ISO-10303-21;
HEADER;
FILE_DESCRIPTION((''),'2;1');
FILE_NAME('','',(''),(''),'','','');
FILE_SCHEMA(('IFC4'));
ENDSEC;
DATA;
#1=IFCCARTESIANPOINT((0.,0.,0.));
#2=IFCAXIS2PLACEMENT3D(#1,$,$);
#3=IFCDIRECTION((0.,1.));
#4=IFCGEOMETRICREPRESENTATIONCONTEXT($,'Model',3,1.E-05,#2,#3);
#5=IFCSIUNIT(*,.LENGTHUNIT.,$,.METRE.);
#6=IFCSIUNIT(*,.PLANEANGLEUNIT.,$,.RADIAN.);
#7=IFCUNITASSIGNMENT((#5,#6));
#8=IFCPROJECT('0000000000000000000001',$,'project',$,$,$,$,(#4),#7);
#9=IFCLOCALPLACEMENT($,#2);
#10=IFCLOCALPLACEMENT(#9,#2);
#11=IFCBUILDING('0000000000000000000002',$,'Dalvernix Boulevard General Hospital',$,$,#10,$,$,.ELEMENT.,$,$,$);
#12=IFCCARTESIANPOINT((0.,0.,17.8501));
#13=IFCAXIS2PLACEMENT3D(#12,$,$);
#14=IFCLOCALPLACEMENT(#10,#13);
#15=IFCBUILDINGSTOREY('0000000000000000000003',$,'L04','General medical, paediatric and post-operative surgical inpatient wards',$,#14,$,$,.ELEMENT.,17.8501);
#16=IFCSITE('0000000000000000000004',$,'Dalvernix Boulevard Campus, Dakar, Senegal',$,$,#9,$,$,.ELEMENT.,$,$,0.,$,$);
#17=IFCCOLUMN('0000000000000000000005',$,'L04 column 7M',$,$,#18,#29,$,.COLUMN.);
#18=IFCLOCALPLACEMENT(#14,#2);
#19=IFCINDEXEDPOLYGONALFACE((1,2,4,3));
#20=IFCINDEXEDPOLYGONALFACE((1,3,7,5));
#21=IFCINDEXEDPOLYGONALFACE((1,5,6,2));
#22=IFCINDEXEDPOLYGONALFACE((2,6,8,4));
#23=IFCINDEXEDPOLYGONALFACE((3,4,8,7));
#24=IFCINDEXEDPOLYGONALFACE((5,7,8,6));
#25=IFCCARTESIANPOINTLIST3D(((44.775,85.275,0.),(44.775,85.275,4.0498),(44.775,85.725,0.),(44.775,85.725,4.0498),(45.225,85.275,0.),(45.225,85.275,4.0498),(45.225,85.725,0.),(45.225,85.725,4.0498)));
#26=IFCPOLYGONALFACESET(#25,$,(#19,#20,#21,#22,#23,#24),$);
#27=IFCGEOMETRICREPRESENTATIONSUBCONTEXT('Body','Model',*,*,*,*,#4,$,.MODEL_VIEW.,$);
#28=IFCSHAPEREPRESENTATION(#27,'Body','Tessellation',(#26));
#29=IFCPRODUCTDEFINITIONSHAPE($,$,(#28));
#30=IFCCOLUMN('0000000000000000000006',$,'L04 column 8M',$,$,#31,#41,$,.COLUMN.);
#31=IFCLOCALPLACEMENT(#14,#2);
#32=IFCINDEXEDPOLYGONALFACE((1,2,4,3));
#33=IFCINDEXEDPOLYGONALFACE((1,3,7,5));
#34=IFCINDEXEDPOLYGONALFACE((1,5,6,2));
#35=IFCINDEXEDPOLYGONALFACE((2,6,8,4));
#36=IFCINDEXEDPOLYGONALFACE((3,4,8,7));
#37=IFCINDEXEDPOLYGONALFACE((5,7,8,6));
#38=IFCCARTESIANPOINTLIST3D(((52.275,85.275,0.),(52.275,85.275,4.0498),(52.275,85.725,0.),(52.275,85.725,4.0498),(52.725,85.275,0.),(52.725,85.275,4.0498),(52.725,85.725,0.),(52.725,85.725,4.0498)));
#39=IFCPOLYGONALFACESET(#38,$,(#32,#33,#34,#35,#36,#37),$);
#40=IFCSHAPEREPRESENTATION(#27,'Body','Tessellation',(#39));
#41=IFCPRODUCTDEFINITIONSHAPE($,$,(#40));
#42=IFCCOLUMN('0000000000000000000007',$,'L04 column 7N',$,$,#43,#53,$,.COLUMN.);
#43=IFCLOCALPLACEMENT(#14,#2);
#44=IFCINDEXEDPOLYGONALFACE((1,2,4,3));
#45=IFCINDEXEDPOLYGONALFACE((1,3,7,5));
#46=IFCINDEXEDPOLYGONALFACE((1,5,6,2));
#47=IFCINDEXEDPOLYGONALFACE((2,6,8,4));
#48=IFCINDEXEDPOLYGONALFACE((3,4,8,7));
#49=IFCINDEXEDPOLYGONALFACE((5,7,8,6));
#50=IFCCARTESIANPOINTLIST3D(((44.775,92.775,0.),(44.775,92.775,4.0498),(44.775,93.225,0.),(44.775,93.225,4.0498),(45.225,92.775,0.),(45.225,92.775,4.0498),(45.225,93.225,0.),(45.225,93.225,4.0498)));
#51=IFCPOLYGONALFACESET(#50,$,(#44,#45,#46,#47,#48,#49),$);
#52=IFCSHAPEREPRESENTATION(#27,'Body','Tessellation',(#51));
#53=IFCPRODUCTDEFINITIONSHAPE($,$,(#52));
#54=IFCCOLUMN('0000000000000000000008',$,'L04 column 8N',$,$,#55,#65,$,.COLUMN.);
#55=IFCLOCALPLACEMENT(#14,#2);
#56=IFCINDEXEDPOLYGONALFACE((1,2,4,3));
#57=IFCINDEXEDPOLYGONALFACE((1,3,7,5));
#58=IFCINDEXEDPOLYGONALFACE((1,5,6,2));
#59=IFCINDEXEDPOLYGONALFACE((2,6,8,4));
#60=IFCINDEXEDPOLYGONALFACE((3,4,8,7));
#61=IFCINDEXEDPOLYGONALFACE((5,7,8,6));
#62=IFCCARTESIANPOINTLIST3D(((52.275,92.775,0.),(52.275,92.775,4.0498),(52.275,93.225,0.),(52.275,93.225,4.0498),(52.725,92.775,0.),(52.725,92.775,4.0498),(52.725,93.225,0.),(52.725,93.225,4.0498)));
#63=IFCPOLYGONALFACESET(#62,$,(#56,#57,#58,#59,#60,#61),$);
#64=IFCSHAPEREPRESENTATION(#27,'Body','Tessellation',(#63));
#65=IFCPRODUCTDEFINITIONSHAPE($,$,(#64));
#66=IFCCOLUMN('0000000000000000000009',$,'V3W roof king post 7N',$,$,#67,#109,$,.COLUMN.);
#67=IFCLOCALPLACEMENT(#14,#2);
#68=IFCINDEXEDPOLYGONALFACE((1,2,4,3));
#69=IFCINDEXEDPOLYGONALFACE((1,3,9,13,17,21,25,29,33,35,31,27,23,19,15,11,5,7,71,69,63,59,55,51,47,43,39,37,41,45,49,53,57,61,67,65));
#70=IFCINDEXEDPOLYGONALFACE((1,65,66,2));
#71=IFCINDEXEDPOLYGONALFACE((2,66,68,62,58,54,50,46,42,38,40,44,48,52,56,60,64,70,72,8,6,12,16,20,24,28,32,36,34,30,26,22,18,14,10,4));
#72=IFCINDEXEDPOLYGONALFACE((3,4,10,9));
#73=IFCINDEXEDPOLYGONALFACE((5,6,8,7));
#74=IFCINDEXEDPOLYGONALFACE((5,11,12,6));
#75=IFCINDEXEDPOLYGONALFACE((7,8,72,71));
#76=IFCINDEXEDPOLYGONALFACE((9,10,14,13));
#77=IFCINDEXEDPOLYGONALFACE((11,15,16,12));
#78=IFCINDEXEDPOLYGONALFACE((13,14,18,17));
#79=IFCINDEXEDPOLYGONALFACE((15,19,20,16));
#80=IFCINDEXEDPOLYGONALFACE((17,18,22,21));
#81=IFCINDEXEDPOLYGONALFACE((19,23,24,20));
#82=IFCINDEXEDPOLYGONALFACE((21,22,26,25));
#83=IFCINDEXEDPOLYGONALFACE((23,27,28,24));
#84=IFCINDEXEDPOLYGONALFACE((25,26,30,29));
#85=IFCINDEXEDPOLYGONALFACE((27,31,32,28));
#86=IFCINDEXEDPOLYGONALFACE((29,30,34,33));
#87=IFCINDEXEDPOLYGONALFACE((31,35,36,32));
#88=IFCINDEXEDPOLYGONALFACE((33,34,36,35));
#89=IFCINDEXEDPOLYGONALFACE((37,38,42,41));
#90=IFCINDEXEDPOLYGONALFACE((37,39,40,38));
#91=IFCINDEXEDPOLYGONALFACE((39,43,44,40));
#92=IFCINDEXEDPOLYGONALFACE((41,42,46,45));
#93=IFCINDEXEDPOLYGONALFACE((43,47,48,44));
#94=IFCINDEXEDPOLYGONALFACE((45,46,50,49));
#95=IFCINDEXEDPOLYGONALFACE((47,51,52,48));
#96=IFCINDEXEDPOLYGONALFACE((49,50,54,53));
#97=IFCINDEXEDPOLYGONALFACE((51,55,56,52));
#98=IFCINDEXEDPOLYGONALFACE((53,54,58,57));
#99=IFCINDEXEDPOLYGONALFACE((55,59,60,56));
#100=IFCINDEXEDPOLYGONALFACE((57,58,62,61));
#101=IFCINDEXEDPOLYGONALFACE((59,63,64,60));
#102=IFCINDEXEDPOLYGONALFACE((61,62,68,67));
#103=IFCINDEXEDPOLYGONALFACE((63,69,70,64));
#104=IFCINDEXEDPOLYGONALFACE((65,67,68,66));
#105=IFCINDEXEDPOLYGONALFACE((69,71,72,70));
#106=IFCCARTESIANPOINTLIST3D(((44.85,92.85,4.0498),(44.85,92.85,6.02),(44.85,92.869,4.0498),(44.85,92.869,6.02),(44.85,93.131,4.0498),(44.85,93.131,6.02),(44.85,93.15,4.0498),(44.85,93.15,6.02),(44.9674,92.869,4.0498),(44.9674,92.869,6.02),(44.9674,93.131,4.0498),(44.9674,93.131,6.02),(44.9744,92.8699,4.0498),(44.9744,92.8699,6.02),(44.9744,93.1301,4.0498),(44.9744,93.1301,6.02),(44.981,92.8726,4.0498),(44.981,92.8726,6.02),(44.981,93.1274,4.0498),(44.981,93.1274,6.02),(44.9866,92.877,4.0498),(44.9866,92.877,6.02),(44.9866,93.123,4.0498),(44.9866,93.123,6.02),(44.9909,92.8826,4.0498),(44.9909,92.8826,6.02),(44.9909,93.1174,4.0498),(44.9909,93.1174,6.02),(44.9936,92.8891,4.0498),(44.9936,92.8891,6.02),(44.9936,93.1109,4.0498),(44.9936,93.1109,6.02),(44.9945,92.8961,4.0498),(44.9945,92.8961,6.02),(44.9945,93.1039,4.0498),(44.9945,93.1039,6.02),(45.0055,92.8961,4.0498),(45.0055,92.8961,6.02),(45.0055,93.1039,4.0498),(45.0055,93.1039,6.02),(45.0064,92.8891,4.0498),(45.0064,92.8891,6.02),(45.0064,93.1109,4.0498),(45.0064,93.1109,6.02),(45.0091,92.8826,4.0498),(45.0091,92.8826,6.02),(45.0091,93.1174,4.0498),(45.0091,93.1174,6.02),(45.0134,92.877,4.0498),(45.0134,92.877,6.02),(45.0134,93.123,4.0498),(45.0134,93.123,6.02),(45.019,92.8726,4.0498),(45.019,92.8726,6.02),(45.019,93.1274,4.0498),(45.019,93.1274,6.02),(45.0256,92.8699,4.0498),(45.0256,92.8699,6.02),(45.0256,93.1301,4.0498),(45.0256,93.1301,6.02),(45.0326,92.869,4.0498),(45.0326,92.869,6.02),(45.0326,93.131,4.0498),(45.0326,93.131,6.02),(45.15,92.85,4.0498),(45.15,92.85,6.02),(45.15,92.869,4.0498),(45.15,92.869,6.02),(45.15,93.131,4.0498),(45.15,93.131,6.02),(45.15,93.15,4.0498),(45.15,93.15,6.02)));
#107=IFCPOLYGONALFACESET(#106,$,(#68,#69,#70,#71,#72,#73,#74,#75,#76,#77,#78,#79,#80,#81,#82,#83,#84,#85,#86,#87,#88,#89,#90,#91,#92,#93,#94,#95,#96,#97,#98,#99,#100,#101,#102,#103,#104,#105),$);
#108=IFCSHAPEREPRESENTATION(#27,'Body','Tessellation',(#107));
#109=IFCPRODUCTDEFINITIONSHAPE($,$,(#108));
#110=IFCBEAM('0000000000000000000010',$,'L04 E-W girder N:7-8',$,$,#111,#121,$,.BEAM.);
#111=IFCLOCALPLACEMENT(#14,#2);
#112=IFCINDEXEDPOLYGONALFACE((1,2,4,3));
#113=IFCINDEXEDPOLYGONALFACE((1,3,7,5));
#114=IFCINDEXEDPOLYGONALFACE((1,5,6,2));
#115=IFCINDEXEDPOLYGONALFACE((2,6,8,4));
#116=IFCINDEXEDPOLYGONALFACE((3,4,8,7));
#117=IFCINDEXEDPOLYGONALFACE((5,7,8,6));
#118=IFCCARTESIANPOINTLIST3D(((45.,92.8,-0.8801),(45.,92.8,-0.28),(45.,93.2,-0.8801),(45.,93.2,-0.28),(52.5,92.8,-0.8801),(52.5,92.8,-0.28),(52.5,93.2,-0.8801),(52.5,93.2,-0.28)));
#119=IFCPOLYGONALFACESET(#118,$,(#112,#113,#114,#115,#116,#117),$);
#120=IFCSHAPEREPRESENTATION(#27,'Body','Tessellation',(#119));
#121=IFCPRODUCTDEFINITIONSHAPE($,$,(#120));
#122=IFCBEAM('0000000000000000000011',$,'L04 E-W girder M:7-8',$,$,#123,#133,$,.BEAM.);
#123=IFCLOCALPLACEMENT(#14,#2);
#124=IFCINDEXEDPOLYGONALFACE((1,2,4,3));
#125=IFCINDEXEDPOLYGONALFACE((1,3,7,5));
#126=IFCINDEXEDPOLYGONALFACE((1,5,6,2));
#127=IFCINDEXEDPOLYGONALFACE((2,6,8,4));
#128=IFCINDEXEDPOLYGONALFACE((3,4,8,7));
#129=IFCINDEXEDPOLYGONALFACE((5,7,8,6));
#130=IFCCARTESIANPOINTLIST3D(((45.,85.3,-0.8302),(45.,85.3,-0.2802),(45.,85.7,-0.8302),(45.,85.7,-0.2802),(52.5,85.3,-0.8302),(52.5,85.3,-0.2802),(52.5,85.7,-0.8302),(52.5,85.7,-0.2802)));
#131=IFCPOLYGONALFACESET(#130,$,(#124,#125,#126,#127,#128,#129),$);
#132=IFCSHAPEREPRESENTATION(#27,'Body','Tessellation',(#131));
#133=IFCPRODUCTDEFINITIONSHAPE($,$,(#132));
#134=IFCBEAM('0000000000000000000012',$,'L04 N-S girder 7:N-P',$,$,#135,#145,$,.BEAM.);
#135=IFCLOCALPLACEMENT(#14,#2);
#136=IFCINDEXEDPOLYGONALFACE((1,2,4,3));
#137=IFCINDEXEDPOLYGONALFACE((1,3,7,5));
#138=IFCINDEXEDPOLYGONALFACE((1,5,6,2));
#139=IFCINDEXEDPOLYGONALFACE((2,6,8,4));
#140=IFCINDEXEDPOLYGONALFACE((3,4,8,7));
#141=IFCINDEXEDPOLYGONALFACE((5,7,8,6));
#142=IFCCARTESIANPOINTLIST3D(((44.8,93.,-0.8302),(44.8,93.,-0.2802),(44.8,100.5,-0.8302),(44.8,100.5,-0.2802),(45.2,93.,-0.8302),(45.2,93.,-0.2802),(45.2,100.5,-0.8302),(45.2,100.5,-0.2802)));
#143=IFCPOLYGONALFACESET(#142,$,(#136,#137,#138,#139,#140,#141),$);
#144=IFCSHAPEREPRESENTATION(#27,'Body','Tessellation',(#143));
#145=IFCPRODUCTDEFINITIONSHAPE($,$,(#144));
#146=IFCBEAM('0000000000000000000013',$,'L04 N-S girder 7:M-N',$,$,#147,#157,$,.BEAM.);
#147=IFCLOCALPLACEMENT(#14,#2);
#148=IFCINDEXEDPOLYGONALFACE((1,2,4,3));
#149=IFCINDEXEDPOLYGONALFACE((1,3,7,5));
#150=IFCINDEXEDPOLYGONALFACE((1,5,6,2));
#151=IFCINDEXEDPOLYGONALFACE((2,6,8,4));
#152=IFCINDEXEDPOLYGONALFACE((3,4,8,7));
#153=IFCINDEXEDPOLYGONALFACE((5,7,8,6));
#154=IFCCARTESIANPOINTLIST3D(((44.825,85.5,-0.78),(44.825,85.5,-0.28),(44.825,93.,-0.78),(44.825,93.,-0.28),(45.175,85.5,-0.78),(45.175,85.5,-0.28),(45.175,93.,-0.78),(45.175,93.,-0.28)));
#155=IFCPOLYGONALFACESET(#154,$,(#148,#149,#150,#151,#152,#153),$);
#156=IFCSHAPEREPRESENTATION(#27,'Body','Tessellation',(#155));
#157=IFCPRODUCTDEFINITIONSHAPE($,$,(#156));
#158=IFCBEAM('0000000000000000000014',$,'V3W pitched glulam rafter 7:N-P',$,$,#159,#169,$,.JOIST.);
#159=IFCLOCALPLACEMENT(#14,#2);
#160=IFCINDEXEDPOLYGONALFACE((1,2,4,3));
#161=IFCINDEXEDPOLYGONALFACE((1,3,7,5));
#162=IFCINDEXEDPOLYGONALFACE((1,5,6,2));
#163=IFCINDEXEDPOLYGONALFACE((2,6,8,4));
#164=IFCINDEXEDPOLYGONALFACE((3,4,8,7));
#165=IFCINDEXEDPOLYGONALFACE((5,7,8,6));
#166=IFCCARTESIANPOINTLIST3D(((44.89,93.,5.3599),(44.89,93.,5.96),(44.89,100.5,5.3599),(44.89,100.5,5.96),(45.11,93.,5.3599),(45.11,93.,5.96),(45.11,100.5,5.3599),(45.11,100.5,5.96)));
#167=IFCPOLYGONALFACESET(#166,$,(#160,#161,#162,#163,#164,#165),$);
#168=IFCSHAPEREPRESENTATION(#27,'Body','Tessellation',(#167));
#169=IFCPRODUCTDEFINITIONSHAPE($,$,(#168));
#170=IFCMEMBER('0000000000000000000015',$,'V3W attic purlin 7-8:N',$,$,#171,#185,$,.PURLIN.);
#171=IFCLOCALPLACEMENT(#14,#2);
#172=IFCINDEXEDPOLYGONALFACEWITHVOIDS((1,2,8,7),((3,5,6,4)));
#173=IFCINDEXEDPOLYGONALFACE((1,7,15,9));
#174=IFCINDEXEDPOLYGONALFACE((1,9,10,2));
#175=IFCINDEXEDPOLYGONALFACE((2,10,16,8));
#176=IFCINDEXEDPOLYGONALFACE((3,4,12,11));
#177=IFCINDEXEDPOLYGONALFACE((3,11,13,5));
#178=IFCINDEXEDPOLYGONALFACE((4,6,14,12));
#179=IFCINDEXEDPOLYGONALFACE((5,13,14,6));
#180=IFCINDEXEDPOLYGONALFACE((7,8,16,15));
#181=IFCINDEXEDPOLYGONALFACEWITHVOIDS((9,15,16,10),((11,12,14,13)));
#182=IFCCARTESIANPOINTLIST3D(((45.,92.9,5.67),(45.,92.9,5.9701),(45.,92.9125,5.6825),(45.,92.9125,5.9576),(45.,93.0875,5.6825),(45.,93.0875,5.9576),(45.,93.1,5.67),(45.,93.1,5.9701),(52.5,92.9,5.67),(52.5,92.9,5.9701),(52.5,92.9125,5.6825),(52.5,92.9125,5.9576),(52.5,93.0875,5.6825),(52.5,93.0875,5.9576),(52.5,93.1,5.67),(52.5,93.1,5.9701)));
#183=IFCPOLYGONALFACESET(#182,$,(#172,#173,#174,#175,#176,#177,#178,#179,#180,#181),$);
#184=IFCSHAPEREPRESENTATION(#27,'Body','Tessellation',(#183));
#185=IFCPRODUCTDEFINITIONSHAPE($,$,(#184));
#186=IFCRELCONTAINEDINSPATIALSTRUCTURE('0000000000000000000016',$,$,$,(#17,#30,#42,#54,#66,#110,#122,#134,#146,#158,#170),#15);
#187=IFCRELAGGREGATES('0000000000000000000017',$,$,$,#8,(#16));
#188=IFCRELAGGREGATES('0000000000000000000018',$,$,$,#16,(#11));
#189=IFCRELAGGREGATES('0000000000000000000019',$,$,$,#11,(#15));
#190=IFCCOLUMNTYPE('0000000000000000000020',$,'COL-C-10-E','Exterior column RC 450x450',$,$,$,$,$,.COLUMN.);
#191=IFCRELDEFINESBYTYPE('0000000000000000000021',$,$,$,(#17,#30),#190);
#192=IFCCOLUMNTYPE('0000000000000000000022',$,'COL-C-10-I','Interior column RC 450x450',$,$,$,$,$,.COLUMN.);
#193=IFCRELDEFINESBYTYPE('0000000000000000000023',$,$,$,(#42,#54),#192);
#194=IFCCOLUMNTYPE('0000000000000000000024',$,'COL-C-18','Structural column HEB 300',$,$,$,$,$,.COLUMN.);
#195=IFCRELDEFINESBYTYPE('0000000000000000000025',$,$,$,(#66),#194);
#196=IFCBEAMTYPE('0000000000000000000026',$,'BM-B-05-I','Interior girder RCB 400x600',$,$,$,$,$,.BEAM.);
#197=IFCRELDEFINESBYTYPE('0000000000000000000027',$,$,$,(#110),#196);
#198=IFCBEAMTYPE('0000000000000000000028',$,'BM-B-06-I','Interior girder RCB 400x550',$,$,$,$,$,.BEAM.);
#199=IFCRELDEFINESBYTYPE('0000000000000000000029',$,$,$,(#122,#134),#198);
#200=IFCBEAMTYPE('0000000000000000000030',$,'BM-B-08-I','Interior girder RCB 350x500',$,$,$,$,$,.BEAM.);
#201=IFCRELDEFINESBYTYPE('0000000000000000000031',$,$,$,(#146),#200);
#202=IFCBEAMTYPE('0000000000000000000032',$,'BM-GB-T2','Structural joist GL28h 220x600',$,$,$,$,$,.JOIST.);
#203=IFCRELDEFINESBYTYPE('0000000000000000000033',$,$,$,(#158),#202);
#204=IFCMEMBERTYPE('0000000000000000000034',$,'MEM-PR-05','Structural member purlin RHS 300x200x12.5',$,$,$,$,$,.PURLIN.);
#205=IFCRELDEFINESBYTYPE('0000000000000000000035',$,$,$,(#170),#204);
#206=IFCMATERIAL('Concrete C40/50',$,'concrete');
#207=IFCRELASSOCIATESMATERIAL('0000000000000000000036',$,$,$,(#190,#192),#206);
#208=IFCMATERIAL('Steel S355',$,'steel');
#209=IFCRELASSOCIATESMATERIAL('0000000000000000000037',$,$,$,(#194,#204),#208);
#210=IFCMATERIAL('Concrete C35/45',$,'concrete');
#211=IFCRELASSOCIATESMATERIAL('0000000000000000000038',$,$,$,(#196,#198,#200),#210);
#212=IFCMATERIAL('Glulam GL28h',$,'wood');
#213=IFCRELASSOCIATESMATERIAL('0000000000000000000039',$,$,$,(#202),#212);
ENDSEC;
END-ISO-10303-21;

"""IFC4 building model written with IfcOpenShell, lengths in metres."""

from ifc_helpers import new_model, si_unit, direction, frame, origin, origin_2d, place, context, subcontext, project, spatial, rectangle, hollow_rectangle, i_section, extrude, material, material_profile, profile_set, type_object, element, save


model = new_model("IFC4")

# Units and contexts
model_context = context("Model", 3, precision=1e-05, world=origin(), true_north=direction((0.0, 1.0)))
body_context = subcontext(model_context, "Body", "Model", "MODEL_VIEW")
ifc_project = project(units=[si_unit("LENGTHUNIT", "METRE"), si_unit("PLANEANGLEUNIT", "RADIAN")], contexts=[model_context])

# Site, building, storey
site_placement = place(None, origin())
site = spatial("IfcSite", under=ifc_project, at=site_placement, Name="Dalvernix Boulevard Campus, Dakar, Senegal", CompositionType="ELEMENT", RefElevation=0.0)
building_placement = place(site_placement, origin())
building = spatial("IfcBuilding", under=site, at=building_placement, Name="Dalvernix Boulevard General Hospital", CompositionType="ELEMENT")
storey_placement = place(building_placement, frame((0.0, 0.0, 17.8501)))
storey = spatial("IfcBuildingStorey", under=building, at=storey_placement, Name="L04", Description="General medical, paediatric and post-operative surgical inpatient wards", CompositionType="ELEMENT", Elevation=17.8501)

# Columns
ifc_material_1 = material(Name="Concrete C40/50", Category="concrete")
ifc_material_profile_1 = material_profile(ifc_material_1, rectangle(XDim=0.45, YDim=0.45, at=origin_2d()), Name="RC 450x450")
ifc_profile_set_1 = profile_set([ifc_material_profile_1], Name="Concrete C40/50")
column_type_1 = type_object("IfcColumnType", Name="COL-C-10-E", Description="Exterior column RC 450x450", PredefinedType="COLUMN", material=ifc_profile_set_1)
for number, where, z_axis, x_axis, name in (
    (1, (45.0, 85.5, 0.0), (0.0, 0.0, 1.0), (1.0, 0.0, 0.0), "L04 column 7M"),
    (2, (52.5, 85.5, 0.0), (0.0, 0.0, 1.0), (1.0, 0.0, 0.0), "L04 column 8M"),
):
    element("IfcColumn", number, at=place(storey_placement, frame(where, z_axis=z_axis, x_axis=x_axis)), inside=storey, type_object=column_type_1, Name=name, PredefinedType="COLUMN", context=body_context, shape_type="SweptSolid", body=[
        extrude(rectangle(XDim=0.45, YDim=0.45, at=origin_2d()), origin(), (0.0, 0.0, 1.0), 4.0498),
    ])
ifc_material_profile_2 = material_profile(ifc_material_1, rectangle(XDim=0.45, YDim=0.45, at=origin_2d()), Name="RC 450x450")
ifc_profile_set_2 = profile_set([ifc_material_profile_2], Name="Concrete C40/50")
column_type_2 = type_object("IfcColumnType", Name="COL-C-10-I", Description="Interior column RC 450x450", PredefinedType="COLUMN", material=ifc_profile_set_2)
for number, where, z_axis, x_axis, name in (
    (3, (45.0, 93.0, 0.0), (0.0, 0.0, 1.0), (1.0, 0.0, 0.0), "L04 column 7N"),
    (4, (52.5, 93.0, 0.0), (0.0, 0.0, 1.0), (1.0, 0.0, 0.0), "L04 column 8N"),
):
    element("IfcColumn", number, at=place(storey_placement, frame(where, z_axis=z_axis, x_axis=x_axis)), inside=storey, type_object=column_type_2, Name=name, PredefinedType="COLUMN", context=body_context, shape_type="SweptSolid", body=[
        extrude(rectangle(XDim=0.45, YDim=0.45, at=origin_2d()), origin(), (0.0, 0.0, 1.0), 4.0498),
    ])
ifc_material_2 = material(Name="Steel S355", Category="steel")
ifc_material_profile_3 = material_profile(ifc_material_2, i_section(OverallWidth=0.3, OverallDepth=0.3, WebThickness=0.011, FlangeThickness=0.019, FilletRadius=0.0271, at=origin_2d()), Name="HEB 300")
ifc_profile_set_3 = profile_set([ifc_material_profile_3], Name="Steel S355")
column_type_3 = type_object("IfcColumnType", Name="COL-C-18", Description="Structural column HEB 300", PredefinedType="COLUMN", material=ifc_profile_set_3)
column_placement = place(storey_placement, frame((45.0, 93.0, 4.0498), z_axis=(0.0, 0.0, 1.0), x_axis=(1.0, 0.0, 0.0)))
element("IfcColumn", 5, at=column_placement, inside=storey, type_object=column_type_3, Name="V3W roof king post 7N", PredefinedType="COLUMN", context=body_context, shape_type="SweptSolid", body=[
    extrude(i_section(OverallWidth=0.3, OverallDepth=0.3, WebThickness=0.011, FlangeThickness=0.019, FilletRadius=0.0271, at=origin_2d()), origin(), (0.0, 0.0, 1.0), 1.9702),
])

# Beams
ifc_material_3 = material(Name="Concrete C35/45", Category="concrete")
ifc_material_profile_4 = material_profile(ifc_material_3, rectangle(XDim=0.3999, YDim=0.6001, at=origin_2d()), Name="RCB 400x600")
ifc_profile_set_4 = profile_set([ifc_material_profile_4], Name="Concrete C35/45")
beam_type_1 = type_object("IfcBeamType", Name="BM-B-05-I", Description="Interior girder RCB 400x600", PredefinedType="BEAM", material=ifc_profile_set_4)
beam_1_placement = place(storey_placement, frame((45.0, 93.0, -0.5801), z_axis=(1.0, 0.0, 0.0), x_axis=(0.0, 1.0, 0.0)))
element("IfcBeam", 6, at=beam_1_placement, inside=storey, type_object=beam_type_1, Name="L04 E-W girder N:7-8", PredefinedType="BEAM", context=body_context, shape_type="SweptSolid", body=[
    extrude(rectangle(XDim=0.3999, YDim=0.6001, at=origin_2d()), origin(), (0.0, 0.0, 1.0), 7.5),
])
ifc_material_profile_5 = material_profile(ifc_material_3, rectangle(XDim=0.3999, YDim=0.55, at=origin_2d()), Name="RCB 400x550")
ifc_profile_set_5 = profile_set([ifc_material_profile_5], Name="Concrete C35/45")
beam_type_2 = type_object("IfcBeamType", Name="BM-B-06-I", Description="Interior girder RCB 400x550", PredefinedType="BEAM", material=ifc_profile_set_5)
for number, where, z_axis, x_axis, name in (
    (7, (45.0, 85.5, -0.5552), (1.0, 0.0, 0.0), (0.0, 1.0, 0.0), "L04 E-W girder M:7-8"),
    (8, (45.0, 93.0, -0.5552), (0.0, 1.0, 0.0), (-1.0, 0.0, 0.0), "L04 N-S girder 7:N-P"),
):
    element("IfcBeam", number, at=place(storey_placement, frame(where, z_axis=z_axis, x_axis=x_axis)), inside=storey, type_object=beam_type_2, Name=name, PredefinedType="BEAM", context=body_context, shape_type="SweptSolid", body=[
        extrude(rectangle(XDim=0.3999, YDim=0.55, at=origin_2d()), origin(), (0.0, 0.0, 1.0), 7.5),
    ])
ifc_material_profile_6 = material_profile(ifc_material_3, rectangle(XDim=0.3501, YDim=0.5, at=origin_2d()), Name="RCB 350x500")
ifc_profile_set_6 = profile_set([ifc_material_profile_6], Name="Concrete C35/45")
beam_type_3 = type_object("IfcBeamType", Name="BM-B-08-I", Description="Interior girder RCB 350x500", PredefinedType="BEAM", material=ifc_profile_set_6)
beam_2_placement = place(storey_placement, frame((45.0, 85.5, -0.53), z_axis=(0.0, 1.0, 0.0), x_axis=(-1.0, 0.0, 0.0)))
element("IfcBeam", 9, at=beam_2_placement, inside=storey, type_object=beam_type_3, Name="L04 N-S girder 7:M-N", PredefinedType="BEAM", context=body_context, shape_type="SweptSolid", body=[
    extrude(rectangle(XDim=0.3501, YDim=0.5, at=origin_2d()), origin(), (0.0, 0.0, 1.0), 7.5),
])
ifc_material_4 = material(Name="Glulam GL28h", Category="wood")
ifc_material_profile_7 = material_profile(ifc_material_4, rectangle(XDim=0.22, YDim=0.6001, at=origin_2d()), Name="GL28h 220x600")
ifc_profile_set_7 = profile_set([ifc_material_profile_7], Name="Glulam GL28h")
beam_type_4 = type_object("IfcBeamType", Name="BM-GB-T2", Description="Structural joist GL28h 220x600", PredefinedType="JOIST", material=ifc_profile_set_7)
beam_3_placement = place(storey_placement, frame((45.0, 93.0, 5.6599), z_axis=(0.0, 1.0, 0.0), x_axis=(-1.0, 0.0, 0.0)))
element("IfcBeam", 10, at=beam_3_placement, inside=storey, type_object=beam_type_4, Name="V3W pitched glulam rafter 7:N-P", PredefinedType="JOIST", context=body_context, shape_type="SweptSolid", body=[
    extrude(rectangle(XDim=0.22, YDim=0.6001, at=origin_2d()), origin(), (0.0, 0.0, 1.0), 7.5),
])

# Member
ifc_material_profile_8 = material_profile(ifc_material_2, hollow_rectangle(XDim=0.2, YDim=0.3, WallThickness=0.0125, at=origin_2d()), Name="RHS 300x200x12.5")
ifc_profile_set_8 = profile_set([ifc_material_profile_8], Name="Steel S355")
member_type = type_object("IfcMemberType", Name="MEM-PR-05", Description="Structural member purlin RHS 300x200x12.5", PredefinedType="PURLIN", material=ifc_profile_set_8)
member_placement = place(storey_placement, frame((45.0, 93.0, 5.8201), z_axis=(1.0, 0.0, 0.0), x_axis=(0.0, 1.0, 0.0)))
element("IfcMember", 11, at=member_placement, inside=storey, type_object=member_type, Name="V3W attic purlin 7-8:N", PredefinedType="PURLIN", context=body_context, shape_type="SweptSolid", body=[
    extrude(hollow_rectangle(XDim=0.2, YDim=0.3, WallThickness=0.0125, at=origin_2d()), origin(), (0.0, 0.0, 1.0), 7.5),
])

save(model, "model.ifc")
